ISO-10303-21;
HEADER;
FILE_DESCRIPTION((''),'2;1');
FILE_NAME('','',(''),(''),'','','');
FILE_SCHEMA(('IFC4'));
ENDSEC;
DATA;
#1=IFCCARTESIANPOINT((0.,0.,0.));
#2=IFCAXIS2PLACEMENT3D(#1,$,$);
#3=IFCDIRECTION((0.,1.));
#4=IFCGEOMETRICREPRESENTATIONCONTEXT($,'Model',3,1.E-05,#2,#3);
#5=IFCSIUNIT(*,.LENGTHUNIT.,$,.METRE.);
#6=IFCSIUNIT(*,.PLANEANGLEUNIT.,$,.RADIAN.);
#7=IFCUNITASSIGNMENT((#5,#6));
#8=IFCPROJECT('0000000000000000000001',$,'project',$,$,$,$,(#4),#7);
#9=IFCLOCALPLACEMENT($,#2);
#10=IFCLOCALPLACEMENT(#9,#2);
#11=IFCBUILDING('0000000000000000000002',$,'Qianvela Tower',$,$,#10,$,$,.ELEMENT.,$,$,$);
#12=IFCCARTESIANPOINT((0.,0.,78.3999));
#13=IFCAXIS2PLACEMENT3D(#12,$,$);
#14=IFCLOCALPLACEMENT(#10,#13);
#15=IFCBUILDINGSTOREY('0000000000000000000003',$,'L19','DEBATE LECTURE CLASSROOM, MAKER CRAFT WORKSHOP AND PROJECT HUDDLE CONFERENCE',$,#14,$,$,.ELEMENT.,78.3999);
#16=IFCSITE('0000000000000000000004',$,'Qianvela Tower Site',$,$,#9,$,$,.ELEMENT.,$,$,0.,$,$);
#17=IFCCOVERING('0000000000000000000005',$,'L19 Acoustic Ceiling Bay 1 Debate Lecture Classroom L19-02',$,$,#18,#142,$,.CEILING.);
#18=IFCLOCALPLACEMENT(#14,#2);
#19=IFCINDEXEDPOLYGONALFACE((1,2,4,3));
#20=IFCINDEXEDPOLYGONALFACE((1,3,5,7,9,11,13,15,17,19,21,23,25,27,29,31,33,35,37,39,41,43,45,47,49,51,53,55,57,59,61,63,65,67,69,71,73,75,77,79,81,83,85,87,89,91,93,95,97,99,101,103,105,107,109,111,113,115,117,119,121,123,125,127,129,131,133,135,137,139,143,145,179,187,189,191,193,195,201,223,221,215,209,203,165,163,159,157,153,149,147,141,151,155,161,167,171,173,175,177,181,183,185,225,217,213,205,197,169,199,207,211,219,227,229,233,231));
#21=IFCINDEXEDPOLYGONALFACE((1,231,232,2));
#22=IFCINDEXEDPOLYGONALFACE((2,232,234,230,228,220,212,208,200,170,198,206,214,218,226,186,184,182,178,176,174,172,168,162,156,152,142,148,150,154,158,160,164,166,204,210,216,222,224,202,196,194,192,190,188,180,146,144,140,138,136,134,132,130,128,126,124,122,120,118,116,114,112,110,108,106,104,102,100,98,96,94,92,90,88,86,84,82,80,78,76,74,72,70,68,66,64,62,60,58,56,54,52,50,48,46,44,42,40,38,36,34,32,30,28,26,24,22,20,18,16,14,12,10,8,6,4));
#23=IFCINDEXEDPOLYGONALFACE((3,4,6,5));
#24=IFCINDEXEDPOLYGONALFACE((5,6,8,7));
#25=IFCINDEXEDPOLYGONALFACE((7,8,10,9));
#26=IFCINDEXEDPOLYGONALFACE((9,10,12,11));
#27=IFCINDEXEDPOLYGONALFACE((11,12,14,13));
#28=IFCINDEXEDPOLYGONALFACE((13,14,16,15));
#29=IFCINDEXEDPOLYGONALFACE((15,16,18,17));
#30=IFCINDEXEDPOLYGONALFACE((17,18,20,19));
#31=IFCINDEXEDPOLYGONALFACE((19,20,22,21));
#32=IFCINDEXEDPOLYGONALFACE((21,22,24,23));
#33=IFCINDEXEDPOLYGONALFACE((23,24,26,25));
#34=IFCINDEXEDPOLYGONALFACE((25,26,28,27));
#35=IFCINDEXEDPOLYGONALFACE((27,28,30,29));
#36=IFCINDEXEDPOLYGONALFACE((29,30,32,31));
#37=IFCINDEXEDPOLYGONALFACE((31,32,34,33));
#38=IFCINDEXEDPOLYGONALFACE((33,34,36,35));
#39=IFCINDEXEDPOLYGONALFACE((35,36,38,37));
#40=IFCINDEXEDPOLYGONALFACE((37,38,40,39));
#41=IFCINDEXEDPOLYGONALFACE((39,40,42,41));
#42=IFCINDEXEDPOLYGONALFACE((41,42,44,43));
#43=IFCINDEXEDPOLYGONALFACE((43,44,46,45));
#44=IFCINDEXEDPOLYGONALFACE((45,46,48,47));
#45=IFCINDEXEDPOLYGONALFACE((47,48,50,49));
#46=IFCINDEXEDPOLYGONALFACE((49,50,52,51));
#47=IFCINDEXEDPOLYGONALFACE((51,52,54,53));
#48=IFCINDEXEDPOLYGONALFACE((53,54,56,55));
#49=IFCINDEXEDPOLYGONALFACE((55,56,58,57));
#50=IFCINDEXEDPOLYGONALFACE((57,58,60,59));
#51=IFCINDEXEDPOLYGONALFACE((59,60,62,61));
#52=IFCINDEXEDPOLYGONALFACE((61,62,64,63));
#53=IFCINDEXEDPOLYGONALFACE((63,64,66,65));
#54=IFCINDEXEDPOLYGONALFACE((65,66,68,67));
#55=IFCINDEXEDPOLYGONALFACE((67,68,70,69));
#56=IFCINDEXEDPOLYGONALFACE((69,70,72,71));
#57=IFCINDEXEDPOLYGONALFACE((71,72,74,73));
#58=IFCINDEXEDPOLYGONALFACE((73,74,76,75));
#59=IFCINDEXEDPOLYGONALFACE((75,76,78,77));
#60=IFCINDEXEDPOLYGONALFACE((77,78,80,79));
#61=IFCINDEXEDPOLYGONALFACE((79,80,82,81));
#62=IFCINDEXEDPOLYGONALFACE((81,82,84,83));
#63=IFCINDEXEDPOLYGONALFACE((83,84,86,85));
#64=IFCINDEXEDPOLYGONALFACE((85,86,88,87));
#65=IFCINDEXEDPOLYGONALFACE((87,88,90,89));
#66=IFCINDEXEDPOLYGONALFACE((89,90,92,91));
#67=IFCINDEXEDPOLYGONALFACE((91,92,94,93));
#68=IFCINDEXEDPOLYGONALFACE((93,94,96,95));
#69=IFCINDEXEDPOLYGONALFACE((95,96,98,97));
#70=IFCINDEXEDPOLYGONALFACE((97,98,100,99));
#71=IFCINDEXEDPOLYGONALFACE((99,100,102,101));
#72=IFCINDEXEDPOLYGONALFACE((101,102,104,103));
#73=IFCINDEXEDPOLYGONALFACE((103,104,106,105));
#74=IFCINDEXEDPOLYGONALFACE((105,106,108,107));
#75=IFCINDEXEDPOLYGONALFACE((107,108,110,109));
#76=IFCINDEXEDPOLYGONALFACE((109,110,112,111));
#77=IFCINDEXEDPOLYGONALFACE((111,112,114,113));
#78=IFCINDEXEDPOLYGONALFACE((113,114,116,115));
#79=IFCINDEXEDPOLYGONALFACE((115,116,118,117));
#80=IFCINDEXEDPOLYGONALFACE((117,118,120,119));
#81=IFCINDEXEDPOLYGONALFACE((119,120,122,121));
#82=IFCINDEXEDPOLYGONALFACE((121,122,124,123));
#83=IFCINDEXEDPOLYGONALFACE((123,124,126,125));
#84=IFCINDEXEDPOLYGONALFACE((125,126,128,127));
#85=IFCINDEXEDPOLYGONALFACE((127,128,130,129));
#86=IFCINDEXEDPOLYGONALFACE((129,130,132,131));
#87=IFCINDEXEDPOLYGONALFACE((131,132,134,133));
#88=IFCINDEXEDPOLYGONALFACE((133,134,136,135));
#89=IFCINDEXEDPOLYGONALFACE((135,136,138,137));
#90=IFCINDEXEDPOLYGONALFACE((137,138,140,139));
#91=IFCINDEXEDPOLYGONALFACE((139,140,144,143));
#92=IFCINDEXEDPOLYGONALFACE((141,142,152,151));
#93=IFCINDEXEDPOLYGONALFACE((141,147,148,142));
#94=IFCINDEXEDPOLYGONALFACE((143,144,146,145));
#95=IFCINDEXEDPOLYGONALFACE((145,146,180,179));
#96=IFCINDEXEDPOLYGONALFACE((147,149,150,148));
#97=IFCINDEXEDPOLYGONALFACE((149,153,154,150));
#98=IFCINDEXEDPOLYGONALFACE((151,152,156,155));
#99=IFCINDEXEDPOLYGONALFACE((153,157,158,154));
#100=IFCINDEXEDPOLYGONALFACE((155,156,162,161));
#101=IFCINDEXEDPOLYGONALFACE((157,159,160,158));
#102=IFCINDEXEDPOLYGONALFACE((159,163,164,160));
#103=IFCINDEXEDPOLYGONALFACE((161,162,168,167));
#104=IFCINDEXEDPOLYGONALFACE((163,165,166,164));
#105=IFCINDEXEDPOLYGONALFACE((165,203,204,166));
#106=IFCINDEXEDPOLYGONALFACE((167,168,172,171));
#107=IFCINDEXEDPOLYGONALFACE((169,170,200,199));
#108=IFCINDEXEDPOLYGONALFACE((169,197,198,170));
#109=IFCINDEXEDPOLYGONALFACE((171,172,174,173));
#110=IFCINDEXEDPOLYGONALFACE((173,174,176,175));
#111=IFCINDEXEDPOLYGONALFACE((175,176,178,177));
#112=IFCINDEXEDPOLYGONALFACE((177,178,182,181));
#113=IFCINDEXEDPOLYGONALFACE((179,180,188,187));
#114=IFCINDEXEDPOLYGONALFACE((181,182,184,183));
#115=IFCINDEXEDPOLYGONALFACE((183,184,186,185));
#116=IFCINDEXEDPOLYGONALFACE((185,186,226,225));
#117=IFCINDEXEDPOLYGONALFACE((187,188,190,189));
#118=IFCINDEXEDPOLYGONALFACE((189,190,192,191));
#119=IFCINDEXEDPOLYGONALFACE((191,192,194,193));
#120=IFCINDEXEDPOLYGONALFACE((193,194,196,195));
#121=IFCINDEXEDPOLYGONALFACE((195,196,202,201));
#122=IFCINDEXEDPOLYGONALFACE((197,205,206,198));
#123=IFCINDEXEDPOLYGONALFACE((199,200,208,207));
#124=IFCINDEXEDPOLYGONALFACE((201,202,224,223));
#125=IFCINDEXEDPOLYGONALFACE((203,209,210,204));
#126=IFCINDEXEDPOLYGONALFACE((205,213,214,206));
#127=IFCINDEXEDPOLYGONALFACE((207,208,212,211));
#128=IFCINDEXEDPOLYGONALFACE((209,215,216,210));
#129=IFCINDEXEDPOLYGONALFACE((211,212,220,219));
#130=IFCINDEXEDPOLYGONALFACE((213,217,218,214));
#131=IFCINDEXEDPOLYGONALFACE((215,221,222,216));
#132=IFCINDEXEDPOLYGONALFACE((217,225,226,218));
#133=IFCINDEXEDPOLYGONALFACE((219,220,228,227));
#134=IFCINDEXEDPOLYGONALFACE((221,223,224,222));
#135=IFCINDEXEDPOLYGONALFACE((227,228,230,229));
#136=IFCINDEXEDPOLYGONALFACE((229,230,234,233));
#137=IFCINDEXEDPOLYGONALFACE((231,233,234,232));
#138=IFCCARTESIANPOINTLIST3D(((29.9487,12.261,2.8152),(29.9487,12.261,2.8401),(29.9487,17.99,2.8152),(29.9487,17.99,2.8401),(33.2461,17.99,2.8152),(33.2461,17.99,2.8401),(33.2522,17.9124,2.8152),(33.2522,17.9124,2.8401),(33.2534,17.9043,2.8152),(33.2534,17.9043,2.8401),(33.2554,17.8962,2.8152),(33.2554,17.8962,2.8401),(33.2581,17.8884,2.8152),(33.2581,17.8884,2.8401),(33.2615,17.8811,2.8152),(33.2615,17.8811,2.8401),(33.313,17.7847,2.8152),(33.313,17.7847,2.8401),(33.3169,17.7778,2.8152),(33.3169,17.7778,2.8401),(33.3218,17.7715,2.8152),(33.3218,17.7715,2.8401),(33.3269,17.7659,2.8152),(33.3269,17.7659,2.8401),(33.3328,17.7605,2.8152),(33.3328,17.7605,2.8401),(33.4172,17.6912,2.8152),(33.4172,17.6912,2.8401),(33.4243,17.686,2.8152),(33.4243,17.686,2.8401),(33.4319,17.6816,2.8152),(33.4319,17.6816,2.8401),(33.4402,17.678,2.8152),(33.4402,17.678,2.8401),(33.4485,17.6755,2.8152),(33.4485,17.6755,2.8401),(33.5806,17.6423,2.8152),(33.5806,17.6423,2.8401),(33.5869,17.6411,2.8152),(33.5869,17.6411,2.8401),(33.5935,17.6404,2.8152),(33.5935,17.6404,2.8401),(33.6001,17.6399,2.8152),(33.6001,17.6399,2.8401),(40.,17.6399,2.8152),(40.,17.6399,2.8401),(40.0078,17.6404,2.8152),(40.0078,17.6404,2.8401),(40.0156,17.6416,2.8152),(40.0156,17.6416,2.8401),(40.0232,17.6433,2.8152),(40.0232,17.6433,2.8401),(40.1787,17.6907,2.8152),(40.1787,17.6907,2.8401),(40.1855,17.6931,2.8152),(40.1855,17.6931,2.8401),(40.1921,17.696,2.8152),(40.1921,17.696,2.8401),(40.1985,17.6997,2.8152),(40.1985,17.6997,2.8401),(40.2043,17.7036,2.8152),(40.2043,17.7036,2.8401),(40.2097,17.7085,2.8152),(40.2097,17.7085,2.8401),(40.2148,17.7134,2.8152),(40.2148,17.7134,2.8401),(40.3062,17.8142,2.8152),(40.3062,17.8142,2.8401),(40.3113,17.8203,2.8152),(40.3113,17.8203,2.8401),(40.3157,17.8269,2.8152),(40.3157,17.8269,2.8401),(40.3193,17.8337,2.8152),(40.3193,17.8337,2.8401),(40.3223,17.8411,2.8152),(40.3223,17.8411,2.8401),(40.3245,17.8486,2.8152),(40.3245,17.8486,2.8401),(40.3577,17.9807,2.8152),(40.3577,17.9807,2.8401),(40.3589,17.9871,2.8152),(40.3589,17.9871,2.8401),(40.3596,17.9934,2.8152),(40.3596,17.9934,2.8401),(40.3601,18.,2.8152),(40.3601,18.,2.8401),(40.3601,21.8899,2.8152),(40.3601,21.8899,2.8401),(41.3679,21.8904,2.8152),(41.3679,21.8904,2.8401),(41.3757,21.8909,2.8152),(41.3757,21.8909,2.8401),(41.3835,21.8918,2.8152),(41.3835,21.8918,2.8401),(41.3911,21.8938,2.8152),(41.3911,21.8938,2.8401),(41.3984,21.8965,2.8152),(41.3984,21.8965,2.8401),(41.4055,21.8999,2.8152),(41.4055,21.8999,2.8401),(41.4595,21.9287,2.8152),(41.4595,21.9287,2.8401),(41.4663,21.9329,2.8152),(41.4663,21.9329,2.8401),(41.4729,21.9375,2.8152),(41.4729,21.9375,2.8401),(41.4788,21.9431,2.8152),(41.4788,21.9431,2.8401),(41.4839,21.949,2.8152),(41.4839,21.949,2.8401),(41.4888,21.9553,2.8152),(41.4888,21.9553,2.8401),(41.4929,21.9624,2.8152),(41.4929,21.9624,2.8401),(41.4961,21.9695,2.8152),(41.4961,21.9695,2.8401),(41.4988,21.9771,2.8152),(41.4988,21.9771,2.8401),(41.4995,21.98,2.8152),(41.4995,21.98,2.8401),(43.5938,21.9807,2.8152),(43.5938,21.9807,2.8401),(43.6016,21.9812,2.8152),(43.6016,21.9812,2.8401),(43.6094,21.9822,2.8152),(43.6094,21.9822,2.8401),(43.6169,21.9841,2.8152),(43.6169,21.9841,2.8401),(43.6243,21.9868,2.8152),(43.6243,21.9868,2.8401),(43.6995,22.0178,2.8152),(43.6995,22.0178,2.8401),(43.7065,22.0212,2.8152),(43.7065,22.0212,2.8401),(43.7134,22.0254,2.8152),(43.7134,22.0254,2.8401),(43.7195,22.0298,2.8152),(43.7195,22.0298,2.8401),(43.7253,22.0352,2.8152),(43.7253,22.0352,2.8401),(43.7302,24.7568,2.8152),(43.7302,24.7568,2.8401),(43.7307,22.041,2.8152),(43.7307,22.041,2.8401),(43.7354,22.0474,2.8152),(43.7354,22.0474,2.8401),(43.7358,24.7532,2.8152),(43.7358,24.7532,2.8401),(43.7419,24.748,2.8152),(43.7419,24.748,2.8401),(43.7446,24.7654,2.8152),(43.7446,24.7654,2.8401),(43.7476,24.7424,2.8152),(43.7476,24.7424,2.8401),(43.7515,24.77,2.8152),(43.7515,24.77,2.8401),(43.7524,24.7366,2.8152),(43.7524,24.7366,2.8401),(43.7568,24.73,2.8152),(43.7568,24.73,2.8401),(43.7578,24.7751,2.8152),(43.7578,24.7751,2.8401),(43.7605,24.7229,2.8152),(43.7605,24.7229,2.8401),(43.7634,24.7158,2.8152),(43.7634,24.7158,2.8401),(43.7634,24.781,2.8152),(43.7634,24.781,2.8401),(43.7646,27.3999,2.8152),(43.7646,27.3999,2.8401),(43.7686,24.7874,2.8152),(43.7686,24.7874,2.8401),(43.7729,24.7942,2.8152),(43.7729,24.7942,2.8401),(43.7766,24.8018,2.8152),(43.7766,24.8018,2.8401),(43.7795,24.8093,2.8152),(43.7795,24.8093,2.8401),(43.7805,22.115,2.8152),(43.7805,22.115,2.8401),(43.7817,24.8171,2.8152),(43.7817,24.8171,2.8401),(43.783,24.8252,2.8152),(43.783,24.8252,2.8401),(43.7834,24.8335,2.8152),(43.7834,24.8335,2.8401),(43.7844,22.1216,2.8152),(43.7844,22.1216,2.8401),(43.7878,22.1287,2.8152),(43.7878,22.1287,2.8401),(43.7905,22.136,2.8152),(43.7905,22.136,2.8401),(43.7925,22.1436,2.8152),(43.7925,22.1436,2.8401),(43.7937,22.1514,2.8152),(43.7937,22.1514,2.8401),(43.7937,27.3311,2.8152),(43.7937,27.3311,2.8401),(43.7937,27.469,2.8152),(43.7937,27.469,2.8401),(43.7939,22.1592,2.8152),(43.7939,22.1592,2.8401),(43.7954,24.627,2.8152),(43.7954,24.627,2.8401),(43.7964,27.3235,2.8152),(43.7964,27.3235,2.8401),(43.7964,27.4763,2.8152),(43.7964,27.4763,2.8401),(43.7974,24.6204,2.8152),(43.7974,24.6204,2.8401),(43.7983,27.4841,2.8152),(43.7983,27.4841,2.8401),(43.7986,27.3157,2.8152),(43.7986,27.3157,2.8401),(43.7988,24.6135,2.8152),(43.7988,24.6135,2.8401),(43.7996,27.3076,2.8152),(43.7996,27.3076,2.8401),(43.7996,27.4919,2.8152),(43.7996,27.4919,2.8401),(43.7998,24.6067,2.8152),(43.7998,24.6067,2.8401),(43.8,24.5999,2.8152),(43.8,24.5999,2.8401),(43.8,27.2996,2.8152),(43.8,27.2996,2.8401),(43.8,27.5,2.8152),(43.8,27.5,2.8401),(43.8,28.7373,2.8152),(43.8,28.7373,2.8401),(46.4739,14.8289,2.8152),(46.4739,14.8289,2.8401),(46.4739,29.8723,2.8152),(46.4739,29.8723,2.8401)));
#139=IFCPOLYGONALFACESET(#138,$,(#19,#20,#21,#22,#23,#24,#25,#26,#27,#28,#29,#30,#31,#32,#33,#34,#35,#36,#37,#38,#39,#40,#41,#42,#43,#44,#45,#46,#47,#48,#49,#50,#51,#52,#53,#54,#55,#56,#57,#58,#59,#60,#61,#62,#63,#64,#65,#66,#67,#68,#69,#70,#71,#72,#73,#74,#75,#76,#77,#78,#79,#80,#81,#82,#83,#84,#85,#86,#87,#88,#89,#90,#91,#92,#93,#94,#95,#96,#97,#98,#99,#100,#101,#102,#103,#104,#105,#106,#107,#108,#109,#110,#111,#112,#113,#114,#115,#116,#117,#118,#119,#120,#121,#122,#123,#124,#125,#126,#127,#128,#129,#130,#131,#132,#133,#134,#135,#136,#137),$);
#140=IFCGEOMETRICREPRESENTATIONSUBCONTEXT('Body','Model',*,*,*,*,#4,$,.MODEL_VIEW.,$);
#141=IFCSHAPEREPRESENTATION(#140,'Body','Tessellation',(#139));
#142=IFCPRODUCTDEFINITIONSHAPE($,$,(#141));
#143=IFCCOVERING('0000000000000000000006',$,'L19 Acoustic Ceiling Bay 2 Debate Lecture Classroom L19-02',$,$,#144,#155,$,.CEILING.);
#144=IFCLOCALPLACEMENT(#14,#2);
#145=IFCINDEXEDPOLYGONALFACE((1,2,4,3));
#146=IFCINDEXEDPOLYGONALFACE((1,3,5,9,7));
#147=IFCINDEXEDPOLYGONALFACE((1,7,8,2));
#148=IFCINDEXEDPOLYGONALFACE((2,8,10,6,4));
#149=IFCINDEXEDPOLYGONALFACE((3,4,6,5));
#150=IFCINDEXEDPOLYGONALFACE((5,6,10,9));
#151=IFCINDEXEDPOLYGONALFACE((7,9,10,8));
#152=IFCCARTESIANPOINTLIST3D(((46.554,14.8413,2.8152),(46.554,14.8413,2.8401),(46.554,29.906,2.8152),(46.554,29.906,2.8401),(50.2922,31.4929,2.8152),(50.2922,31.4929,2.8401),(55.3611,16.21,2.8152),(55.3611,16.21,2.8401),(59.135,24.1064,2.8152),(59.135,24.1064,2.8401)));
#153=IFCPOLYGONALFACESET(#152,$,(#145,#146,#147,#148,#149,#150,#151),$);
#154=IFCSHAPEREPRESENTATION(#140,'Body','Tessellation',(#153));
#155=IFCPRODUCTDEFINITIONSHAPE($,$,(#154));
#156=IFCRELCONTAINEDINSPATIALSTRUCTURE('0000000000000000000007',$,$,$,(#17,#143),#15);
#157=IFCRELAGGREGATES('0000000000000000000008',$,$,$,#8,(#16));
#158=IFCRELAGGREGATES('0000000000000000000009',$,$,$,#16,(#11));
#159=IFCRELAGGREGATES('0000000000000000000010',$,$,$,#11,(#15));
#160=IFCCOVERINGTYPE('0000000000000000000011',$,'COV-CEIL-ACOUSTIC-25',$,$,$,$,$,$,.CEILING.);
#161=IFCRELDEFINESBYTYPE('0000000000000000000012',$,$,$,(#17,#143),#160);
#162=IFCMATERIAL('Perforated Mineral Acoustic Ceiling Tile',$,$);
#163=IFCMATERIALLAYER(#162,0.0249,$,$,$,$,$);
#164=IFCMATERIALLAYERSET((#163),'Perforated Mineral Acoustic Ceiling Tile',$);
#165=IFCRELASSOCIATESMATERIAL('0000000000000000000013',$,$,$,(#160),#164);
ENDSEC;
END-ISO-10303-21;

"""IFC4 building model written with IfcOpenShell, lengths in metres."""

from ifc_helpers import new_model, si_unit, direction, frame, origin, place, context, subcontext, project, spatial, polyline, outline, extrude, material, layer, layer_set, type_object, element, save


model = new_model("IFC4")

# Units and contexts
model_context = context("Model", 3, precision=1e-05, world=origin(), true_north=direction((0.0, 1.0)))
body_context = subcontext(model_context, "Body", "Model", "MODEL_VIEW")
ifc_project = project(units=[si_unit("LENGTHUNIT", "METRE"), si_unit("PLANEANGLEUNIT", "RADIAN")], contexts=[model_context])

# Site, building, storey
site_placement = place(None, origin())
site = spatial("IfcSite", under=ifc_project, at=site_placement, Name="Qianvela Tower Site", CompositionType="ELEMENT", RefElevation=0.0)
building_placement = place(site_placement, origin())
building = spatial("IfcBuilding", under=site, at=building_placement, Name="Qianvela Tower", CompositionType="ELEMENT")
storey_placement = place(building_placement, frame((0.0, 0.0, 78.3999)))
storey = spatial("IfcBuildingStorey", under=building, at=storey_placement, Name="L19", Description="DEBATE LECTURE CLASSROOM, MAKER CRAFT WORKSHOP AND PROJECT HUDDLE CONFERENCE", CompositionType="ELEMENT", Elevation=78.3999)

# Coverings
ifc_material_1 = material(Name="Perforated Mineral Acoustic Ceiling Tile")
ifc_layer_1 = layer(ifc_material_1, 0.0249)
ifc_layer_set_1 = layer_set([ifc_layer_1], Name="Perforated Mineral Acoustic Ceiling Tile")
covering_type_1 = type_object("IfcCoveringType", Name="COV-CEIL-ACOUSTIC-25", PredefinedType="CEILING", material=ifc_layer_set_1)
covering_1_placement = place(storey_placement, frame((0.0, 0.0, 2.8152)))
element("IfcCovering", 1, at=covering_1_placement, inside=storey, type_object=covering_type_1, Name="L19 Acoustic Ceiling Bay 1 Debate Lecture Classroom L19-02", PredefinedType="CEILING", context=body_context, shape_type="SweptSolid", body=[
    extrude(outline(polyline([(33.2522, 17.9124), (33.2534, 17.9043), (33.2554, 17.8962), (33.2581, 17.8884), (33.2615, 17.8811), (33.313, 17.7847), (33.3169, 17.7778), (33.3218, 17.7715), (33.3269, 17.7659), (33.3328, 17.7605), (33.4172, 17.6912), (33.4243, 17.686), (33.4319, 17.6816), (33.4402, 17.678), (33.4485, 17.6755), (33.5806, 17.6423), (33.5869, 17.6411), (33.5935, 17.6404), (33.6001, 17.6399), (40.0, 17.6399), (40.0078, 17.6404), (40.0156, 17.6416), (40.0232, 17.6433), (40.1787, 17.6907), (40.1855, 17.6931), (40.1921, 17.696), (40.1985, 17.6997), (40.2043, 17.7036), (40.2097, 17.7085), (40.2148, 17.7134), (40.3062, 17.8142), (40.3113, 17.8203), (40.3157, 17.8269), (40.3193, 17.8337), (40.3223, 17.8411), (40.3245, 17.8486), (40.3577, 17.9807), (40.3589, 17.9871), (40.3596, 17.9934), (40.3601, 18.0), (40.3601, 21.8899), (41.3679, 21.8904), (41.3757, 21.8909), (41.3835, 21.8918), (41.3911, 21.8938), (41.3984, 21.8965), (41.4055, 21.8999), (41.4595, 21.9287), (41.4663, 21.9329), (41.4729, 21.9375), (41.4788, 21.9431), (41.4839, 21.949), (41.4888, 21.9553), (41.4929, 21.9624), (41.4961, 21.9695), (41.4988, 21.9771), (41.4995, 21.98), (43.5938, 21.9807), (43.6016, 21.9812), (43.6094, 21.9822), (43.6169, 21.9841), (43.6243, 21.9868), (43.6995, 22.0178), (43.7065, 22.0212), (43.7134, 22.0254), (43.7195, 22.0298), (43.7253, 22.0352), (43.7307, 22.041), (43.7354, 22.0474), (43.7805, 22.115), (43.7844, 22.1216), (43.7878, 22.1287), (43.7905, 22.136), (43.7925, 22.1436), (43.7937, 22.1514), (43.7939, 22.1592), (43.8, 24.5999), (43.7998, 24.6067), (43.7988, 24.6135), (43.7974, 24.6204), (43.7954, 24.627), (43.7634, 24.7158), (43.7605, 24.7229), (43.7568, 24.73), (43.7524, 24.7366), (43.7476, 24.7424), (43.7419, 24.748), (43.7358, 24.7532), (43.7302, 24.7568), (43.7446, 24.7654), (43.7515, 24.77), (43.7578, 24.7751), (43.7634, 24.781), (43.7686, 24.7874), (43.7729, 24.7942), (43.7766, 24.8018), (43.7795, 24.8093), (43.7817, 24.8171), (43.783, 24.8252), (43.7834, 24.8335), (43.8, 27.2996), (43.7996, 27.3076), (43.7986, 27.3157), (43.7964, 27.3235), (43.7937, 27.3311), (43.7646, 27.3999), (43.7937, 27.469), (43.7964, 27.4763), (43.7983, 27.4841), (43.7996, 27.4919), (43.8, 27.5), (43.8, 28.7373), (46.4739, 29.8723), (46.4739, 14.8289), (29.9487, 12.261), (29.9487, 17.99), (33.2461, 17.99), (33.2522, 17.9124)])), origin(), (0.0, 0.0, 1.0), 0.0249),
])
covering_2_placement = place(storey_placement, frame((0.0, 0.0, 2.8152)))
element("IfcCovering", 2, at=covering_2_placement, inside=storey, type_object=covering_type_1, Name="L19 Acoustic Ceiling Bay 2 Debate Lecture Classroom L19-02", PredefinedType="CEILING", context=body_context, shape_type="SweptSolid", body=[
    extrude(outline(polyline([(50.2922, 31.4929), (59.135, 24.1064), (55.3611, 16.21), (46.554, 14.8413), (46.554, 29.906), (50.2922, 31.4929)])), origin(), (0.0, 0.0, 1.0), 0.0249),
])

save(model, "model.ifc")
